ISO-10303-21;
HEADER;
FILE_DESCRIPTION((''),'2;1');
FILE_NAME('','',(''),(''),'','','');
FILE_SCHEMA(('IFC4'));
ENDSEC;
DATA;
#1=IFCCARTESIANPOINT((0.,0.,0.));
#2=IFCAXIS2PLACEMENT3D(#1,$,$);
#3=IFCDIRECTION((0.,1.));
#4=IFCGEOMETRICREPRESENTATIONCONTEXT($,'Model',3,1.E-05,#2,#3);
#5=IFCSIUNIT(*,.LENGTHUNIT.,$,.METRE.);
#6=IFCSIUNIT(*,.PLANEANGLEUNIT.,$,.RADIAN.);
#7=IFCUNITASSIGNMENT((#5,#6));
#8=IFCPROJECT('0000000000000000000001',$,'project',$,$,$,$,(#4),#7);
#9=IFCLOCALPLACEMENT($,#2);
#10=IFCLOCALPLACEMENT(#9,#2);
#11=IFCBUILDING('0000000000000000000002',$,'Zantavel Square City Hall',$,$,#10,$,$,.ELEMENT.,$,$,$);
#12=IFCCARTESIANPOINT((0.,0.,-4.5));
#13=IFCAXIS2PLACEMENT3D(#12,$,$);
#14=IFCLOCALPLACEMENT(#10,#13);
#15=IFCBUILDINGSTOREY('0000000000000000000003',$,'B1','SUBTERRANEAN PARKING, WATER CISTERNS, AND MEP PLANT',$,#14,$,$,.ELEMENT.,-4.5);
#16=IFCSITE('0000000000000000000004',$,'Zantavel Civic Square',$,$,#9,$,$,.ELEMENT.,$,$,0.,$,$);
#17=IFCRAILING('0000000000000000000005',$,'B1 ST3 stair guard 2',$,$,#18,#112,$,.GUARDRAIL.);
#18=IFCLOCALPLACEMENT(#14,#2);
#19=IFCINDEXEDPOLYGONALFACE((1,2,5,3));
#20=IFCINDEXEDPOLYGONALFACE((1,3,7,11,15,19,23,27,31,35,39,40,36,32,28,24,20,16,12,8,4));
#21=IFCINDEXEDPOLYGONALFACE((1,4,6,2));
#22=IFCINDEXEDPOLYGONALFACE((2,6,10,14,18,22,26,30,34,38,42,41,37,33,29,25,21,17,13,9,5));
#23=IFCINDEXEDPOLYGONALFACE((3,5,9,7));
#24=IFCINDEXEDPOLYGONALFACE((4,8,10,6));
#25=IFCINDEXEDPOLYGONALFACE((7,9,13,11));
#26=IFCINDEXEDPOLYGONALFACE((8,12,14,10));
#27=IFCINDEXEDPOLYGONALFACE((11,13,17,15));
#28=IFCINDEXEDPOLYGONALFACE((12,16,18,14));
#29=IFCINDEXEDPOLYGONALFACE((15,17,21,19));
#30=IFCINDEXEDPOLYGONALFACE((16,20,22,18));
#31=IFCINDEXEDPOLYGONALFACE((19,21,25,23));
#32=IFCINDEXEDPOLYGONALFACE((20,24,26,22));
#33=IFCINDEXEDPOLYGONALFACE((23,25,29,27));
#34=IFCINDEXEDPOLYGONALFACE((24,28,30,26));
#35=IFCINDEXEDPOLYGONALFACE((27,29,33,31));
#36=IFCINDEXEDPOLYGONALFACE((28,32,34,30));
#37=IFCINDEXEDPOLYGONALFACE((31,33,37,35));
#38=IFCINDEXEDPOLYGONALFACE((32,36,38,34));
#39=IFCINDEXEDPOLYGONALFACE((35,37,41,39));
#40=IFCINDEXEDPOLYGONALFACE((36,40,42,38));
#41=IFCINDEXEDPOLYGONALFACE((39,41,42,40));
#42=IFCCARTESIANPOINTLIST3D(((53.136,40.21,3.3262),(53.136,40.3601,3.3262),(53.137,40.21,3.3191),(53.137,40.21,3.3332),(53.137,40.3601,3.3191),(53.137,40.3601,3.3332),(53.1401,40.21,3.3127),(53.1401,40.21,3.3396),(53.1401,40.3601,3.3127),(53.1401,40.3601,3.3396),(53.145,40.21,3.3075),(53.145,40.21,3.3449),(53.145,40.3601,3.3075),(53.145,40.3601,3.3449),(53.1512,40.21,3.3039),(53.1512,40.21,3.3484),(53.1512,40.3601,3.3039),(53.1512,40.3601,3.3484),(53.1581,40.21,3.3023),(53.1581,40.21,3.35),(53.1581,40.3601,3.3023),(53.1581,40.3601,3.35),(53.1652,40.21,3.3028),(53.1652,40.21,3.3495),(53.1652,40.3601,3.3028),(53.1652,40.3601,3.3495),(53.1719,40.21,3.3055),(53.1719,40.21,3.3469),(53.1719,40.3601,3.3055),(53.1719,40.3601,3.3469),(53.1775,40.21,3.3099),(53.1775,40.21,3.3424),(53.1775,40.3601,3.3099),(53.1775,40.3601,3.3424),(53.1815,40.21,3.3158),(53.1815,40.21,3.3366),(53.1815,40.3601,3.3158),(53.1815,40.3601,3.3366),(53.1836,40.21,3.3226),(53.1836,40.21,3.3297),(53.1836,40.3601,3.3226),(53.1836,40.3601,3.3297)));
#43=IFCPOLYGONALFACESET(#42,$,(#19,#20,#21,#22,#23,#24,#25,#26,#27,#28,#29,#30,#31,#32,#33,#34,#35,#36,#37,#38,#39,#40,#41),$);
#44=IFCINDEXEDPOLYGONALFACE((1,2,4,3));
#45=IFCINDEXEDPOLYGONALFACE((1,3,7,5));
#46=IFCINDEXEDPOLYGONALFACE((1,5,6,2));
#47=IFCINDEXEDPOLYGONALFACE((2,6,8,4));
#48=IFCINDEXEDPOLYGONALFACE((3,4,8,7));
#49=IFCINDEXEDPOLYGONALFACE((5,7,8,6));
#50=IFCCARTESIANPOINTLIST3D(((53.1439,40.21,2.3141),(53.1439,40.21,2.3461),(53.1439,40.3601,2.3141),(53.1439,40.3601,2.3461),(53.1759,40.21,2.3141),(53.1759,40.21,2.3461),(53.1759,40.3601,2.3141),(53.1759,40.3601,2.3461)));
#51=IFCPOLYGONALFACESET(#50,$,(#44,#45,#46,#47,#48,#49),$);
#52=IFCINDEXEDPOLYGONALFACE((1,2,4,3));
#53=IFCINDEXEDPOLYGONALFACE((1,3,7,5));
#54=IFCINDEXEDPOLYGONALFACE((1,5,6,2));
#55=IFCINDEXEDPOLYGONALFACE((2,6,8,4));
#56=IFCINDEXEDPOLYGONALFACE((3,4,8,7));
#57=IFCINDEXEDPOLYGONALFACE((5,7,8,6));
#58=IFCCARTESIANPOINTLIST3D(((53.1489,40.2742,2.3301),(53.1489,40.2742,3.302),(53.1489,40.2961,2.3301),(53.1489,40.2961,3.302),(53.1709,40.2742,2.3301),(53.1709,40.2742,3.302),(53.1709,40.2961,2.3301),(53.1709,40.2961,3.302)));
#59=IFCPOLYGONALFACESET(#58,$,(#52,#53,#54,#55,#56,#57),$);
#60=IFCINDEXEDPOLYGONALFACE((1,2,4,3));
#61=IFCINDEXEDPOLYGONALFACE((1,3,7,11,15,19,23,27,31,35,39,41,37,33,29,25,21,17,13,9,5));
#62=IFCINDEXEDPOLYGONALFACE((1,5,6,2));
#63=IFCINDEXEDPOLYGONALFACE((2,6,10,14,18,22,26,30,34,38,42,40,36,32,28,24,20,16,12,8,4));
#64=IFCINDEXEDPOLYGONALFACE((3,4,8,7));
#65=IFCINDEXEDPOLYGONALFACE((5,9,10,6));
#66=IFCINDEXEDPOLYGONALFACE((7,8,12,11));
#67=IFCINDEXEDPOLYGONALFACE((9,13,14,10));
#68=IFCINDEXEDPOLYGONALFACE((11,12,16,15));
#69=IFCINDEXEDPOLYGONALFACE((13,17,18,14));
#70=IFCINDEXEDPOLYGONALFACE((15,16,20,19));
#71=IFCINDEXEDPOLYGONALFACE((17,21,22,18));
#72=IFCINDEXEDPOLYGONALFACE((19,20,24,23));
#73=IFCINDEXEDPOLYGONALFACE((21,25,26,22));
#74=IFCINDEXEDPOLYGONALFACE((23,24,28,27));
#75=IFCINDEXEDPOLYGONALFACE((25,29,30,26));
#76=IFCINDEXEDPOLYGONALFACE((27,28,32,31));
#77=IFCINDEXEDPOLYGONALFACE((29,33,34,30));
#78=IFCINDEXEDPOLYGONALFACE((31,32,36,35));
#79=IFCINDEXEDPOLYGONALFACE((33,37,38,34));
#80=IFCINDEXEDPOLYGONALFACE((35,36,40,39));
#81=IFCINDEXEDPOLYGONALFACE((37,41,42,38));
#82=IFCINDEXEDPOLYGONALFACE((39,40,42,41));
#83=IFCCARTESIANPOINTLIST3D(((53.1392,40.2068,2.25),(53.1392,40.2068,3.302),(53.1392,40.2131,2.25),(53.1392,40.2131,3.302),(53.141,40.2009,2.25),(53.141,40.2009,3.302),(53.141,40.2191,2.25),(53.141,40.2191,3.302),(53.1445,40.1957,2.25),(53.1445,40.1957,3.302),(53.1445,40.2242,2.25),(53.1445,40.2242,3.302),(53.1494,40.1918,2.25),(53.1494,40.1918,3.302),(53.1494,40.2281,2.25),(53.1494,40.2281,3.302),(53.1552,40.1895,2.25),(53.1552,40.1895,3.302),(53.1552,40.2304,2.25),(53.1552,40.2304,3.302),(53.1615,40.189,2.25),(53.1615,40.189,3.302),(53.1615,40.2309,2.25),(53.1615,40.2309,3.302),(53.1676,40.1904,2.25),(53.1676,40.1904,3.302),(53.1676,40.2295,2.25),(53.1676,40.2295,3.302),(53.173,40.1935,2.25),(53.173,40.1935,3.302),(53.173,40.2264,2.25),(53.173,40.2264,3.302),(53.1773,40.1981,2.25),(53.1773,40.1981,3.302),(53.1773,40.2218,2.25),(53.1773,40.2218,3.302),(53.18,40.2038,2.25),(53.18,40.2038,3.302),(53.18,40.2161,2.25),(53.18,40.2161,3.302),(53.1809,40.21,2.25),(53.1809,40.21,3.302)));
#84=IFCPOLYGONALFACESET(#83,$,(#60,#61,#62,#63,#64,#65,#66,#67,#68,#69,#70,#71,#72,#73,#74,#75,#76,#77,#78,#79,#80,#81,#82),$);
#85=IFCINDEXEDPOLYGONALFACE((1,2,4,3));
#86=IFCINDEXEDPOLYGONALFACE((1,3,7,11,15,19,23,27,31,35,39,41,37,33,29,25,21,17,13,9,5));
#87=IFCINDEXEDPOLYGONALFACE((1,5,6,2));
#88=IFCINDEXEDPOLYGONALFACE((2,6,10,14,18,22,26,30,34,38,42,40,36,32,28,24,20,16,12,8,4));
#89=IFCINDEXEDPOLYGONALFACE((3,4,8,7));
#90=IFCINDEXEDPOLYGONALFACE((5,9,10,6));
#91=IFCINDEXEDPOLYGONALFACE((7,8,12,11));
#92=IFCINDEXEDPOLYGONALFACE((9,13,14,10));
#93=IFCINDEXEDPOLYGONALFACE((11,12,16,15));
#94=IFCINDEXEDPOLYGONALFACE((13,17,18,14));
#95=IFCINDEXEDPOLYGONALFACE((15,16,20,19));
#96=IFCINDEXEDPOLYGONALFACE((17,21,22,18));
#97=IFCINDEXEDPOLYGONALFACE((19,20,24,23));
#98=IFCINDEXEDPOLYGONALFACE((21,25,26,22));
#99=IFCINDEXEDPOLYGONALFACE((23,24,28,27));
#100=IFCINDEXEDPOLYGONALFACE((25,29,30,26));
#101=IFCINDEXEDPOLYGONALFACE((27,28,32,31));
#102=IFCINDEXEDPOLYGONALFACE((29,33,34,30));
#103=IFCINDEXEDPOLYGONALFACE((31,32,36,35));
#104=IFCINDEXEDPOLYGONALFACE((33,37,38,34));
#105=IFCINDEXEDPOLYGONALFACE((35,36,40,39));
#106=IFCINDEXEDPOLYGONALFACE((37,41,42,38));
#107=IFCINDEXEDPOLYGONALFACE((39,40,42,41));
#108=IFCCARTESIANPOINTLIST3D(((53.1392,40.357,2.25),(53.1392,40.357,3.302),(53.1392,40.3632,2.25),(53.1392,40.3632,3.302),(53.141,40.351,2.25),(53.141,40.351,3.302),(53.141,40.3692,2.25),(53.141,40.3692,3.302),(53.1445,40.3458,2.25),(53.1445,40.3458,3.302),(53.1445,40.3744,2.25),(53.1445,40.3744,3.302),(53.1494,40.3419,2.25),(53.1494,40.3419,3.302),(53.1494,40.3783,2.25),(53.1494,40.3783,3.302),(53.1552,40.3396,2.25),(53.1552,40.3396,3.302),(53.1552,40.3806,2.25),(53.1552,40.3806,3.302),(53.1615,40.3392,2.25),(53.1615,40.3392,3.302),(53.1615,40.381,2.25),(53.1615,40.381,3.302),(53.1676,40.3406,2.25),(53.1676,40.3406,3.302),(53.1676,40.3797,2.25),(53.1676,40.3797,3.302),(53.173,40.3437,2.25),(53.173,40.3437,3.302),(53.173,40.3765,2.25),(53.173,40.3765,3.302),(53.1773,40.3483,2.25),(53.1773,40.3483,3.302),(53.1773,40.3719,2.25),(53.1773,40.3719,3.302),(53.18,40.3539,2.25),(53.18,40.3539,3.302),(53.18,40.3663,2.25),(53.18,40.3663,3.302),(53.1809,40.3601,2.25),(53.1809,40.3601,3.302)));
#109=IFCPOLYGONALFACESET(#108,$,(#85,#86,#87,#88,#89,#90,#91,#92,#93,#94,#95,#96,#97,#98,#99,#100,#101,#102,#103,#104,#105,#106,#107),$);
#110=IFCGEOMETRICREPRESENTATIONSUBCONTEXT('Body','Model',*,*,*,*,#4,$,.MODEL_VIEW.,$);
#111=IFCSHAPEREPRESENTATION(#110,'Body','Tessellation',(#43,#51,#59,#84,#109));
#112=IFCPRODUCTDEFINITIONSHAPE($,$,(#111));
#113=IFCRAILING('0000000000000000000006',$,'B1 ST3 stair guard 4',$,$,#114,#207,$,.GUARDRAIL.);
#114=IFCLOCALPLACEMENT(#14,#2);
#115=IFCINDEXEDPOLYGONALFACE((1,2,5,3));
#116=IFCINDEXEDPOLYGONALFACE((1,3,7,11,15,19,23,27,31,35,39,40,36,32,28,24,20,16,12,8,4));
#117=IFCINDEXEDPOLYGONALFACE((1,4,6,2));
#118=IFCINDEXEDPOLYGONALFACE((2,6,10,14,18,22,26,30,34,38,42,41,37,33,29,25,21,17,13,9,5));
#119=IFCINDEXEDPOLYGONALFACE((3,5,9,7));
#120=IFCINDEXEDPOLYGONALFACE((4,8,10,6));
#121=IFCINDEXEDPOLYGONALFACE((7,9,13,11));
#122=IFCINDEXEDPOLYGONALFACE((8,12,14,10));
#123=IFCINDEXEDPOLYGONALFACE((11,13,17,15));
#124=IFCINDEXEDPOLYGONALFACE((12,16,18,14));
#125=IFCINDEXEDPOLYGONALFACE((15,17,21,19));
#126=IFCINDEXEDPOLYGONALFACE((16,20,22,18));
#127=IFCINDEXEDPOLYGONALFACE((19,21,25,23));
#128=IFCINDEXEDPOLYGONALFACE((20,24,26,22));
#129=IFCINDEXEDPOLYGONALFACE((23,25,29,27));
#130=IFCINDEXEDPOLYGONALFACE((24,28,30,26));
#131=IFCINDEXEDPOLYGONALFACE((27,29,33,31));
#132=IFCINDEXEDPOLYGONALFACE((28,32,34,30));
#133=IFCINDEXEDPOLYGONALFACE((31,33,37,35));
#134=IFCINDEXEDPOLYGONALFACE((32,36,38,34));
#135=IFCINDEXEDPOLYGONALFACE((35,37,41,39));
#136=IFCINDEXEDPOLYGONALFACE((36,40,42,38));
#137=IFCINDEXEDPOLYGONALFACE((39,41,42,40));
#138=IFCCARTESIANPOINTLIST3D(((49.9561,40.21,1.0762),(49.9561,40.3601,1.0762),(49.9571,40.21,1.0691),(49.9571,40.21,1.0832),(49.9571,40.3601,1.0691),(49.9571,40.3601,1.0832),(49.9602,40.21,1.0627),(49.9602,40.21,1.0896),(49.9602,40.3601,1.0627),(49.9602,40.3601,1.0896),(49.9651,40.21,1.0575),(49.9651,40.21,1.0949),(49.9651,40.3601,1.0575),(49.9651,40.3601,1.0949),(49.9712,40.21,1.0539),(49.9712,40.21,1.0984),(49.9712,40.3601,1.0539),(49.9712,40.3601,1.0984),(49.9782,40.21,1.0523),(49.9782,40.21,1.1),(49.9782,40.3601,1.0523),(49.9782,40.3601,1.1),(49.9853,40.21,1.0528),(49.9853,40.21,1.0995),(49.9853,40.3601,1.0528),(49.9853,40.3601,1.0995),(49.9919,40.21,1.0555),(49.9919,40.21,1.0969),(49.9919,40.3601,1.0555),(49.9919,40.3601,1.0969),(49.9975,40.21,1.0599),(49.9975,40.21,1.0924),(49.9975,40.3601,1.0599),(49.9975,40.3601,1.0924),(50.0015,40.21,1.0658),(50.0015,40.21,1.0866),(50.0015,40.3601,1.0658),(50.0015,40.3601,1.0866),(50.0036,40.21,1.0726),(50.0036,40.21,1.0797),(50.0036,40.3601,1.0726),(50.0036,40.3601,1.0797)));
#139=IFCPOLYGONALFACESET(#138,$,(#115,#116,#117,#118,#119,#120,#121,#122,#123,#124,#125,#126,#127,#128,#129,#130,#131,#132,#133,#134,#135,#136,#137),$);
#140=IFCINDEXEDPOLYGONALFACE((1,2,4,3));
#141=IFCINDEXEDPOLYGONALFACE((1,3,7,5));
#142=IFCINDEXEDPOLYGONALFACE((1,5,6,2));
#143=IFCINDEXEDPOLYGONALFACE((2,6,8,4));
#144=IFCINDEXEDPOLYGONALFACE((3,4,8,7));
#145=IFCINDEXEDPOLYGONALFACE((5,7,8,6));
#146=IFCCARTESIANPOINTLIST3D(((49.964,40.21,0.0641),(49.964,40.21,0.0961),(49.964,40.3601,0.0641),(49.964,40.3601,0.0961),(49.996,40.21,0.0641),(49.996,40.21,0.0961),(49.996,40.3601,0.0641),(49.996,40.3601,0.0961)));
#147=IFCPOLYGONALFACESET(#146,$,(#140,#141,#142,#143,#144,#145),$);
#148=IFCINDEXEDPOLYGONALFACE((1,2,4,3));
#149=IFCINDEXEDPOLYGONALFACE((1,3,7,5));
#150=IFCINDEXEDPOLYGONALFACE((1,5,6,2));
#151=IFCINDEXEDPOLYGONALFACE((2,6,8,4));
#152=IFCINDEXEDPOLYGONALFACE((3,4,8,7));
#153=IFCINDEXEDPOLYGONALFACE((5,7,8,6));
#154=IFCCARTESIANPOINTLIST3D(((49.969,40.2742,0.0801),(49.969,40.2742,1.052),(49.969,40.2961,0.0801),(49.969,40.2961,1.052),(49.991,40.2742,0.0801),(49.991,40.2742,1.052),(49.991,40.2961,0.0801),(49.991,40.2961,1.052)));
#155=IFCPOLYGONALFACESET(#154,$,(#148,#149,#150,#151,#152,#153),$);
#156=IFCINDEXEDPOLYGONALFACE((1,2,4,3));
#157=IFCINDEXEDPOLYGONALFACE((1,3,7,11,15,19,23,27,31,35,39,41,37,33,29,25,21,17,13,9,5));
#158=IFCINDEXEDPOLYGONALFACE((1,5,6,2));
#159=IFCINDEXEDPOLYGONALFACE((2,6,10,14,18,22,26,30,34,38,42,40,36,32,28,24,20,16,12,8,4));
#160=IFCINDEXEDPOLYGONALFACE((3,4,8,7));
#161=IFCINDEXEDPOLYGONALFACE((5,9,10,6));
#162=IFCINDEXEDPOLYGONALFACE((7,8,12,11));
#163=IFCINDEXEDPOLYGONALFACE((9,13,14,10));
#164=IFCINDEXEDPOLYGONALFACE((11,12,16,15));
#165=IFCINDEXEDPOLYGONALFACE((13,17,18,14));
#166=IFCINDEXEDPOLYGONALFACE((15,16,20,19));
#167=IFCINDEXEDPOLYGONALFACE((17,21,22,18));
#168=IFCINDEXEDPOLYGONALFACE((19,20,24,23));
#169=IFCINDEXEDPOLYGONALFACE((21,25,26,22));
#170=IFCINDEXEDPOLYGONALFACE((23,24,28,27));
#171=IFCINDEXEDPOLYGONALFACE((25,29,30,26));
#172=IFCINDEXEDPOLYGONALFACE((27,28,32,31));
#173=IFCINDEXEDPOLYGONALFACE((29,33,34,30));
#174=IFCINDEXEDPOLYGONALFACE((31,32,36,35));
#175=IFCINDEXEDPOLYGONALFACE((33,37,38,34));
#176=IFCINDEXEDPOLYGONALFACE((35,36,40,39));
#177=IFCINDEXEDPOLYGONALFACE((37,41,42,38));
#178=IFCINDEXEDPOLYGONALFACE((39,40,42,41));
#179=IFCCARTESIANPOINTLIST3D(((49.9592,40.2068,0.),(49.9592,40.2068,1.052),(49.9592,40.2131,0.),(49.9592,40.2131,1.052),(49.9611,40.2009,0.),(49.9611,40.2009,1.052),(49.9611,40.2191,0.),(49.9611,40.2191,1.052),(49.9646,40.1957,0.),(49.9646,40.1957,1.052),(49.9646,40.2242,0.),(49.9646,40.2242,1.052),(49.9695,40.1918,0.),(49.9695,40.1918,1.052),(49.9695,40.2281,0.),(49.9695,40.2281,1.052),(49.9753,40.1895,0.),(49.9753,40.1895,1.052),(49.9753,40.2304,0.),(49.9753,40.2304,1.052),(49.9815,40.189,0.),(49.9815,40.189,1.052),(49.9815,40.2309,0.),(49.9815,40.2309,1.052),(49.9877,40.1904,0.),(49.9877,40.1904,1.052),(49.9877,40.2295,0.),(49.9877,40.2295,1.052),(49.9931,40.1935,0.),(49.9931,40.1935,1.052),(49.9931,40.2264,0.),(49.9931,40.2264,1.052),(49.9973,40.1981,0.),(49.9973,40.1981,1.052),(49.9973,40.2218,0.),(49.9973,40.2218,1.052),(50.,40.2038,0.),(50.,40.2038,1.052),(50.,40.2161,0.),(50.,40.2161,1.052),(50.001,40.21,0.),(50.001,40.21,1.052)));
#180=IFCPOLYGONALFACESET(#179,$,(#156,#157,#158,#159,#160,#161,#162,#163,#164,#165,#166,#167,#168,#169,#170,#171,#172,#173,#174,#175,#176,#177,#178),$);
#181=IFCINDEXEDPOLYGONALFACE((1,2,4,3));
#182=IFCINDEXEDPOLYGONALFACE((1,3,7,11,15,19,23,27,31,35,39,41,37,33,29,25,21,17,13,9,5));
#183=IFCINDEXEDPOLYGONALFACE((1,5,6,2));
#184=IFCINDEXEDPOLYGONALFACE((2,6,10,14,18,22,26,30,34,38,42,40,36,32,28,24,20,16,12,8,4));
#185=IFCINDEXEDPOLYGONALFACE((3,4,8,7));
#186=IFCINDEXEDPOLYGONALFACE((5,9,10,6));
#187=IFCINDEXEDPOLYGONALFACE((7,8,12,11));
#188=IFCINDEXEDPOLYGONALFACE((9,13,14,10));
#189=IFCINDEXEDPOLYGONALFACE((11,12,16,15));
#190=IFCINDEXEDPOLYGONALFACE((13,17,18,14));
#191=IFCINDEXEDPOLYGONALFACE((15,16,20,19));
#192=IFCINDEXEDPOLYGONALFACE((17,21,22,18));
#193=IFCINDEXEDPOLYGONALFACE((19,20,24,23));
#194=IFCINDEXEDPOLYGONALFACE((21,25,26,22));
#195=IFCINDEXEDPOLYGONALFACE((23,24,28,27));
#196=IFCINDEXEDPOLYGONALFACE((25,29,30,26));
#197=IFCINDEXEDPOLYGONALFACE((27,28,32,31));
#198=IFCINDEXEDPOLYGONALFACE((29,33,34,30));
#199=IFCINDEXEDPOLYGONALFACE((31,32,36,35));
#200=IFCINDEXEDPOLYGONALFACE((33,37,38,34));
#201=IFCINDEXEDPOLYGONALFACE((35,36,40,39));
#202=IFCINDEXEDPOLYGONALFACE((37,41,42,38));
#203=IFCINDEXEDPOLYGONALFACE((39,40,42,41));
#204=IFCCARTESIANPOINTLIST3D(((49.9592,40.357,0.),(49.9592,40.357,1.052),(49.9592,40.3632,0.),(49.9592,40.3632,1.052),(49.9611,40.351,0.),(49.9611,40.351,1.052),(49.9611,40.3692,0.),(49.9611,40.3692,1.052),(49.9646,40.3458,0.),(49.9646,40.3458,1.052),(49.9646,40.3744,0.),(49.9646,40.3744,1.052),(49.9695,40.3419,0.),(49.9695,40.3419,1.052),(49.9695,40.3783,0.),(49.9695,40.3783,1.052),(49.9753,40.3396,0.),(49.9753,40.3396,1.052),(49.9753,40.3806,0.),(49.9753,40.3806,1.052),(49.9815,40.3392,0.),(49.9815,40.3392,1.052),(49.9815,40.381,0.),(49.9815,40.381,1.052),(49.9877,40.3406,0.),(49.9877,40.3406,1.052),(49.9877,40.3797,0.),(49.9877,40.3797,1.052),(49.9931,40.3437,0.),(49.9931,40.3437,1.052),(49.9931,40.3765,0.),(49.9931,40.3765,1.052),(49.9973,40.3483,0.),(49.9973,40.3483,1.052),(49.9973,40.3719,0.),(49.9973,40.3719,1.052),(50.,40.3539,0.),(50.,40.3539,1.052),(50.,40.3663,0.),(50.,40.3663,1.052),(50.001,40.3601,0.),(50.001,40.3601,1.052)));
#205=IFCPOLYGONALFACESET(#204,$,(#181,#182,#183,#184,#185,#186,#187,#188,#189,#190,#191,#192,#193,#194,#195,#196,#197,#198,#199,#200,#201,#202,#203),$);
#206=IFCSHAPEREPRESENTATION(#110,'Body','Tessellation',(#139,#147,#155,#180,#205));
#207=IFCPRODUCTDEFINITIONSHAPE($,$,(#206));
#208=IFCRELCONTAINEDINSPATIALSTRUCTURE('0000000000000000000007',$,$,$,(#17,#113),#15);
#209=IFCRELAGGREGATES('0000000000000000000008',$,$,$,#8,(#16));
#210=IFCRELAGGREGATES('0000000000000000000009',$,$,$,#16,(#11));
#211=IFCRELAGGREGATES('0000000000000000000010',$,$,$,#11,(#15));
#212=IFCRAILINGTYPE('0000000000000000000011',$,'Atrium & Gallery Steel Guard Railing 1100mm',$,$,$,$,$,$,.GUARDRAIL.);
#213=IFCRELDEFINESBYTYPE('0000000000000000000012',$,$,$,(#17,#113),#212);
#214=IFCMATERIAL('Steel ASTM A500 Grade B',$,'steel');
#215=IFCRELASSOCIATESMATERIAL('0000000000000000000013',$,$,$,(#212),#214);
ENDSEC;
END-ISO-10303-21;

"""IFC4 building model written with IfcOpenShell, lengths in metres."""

from ifc_helpers import new_model, si_unit, direction, frame, origin, origin_2d, place, context, subcontext, project, spatial, rectangle, circle, extrude, material, type_object, element, save


model = new_model("IFC4")

# Units and contexts
model_context = context("Model", 3, precision=1e-05, world=origin(), true_north=direction((0.0, 1.0)))
body_context = subcontext(model_context, "Body", "Model", "MODEL_VIEW")
ifc_project = project(units=[si_unit("LENGTHUNIT", "METRE"), si_unit("PLANEANGLEUNIT", "RADIAN")], contexts=[model_context])

# Site, building, storey
site_placement = place(None, origin())
site = spatial("IfcSite", under=ifc_project, at=site_placement, Name="Zantavel Civic Square", CompositionType="ELEMENT", RefElevation=0.0)
building_placement = place(site_placement, origin())
building = spatial("IfcBuilding", under=site, at=building_placement, Name="Zantavel Square City Hall", CompositionType="ELEMENT")
storey_placement = place(building_placement, frame((0.0, 0.0, -4.5)))
storey = spatial("IfcBuildingStorey", under=building, at=storey_placement, Name="B1", Description="SUBTERRANEAN PARKING, WATER CISTERNS, AND MEP PLANT", CompositionType="ELEMENT", Elevation=-4.5)

# Shared definitions
ifc_material_1 = material(Name="Steel ASTM A500 Grade B", Category="steel")

# Railings
railing_type_1 = type_object("IfcRailingType", Name="Atrium & Gallery Steel Guard Railing 1100mm", PredefinedType="GUARDRAIL", material=ifc_material_1)
railing_1_placement = place(storey_placement, frame((53.1599, 40.21, 2.25)))
element("IfcRailing", 1, at=railing_1_placement, inside=storey, type_object=railing_type_1, Name="B1 ST3 stair guard 2", PredefinedType="GUARDRAIL", context=body_context, shape_type="SweptSolid", body=[
    extrude(circle(Radius=0.0239, at=origin_2d()), frame((0.0, 0.0, 1.0762), z_axis=(0.0, 1.0, 0.0), x_axis=(-1.0, 0.0, 0.0)), (0.0, 0.0, 1.0), 0.1501),
    extrude(rectangle(XDim=0.032, YDim=0.032, at=origin_2d()), frame((0.0, 0.0, 0.0801), z_axis=(0.0, 1.0, 0.0), x_axis=(-1.0, 0.0, 0.0)), (0.0, 0.0, 1.0), 0.1501),
    extrude(rectangle(XDim=0.022, YDim=0.022, at=origin_2d()), frame((0.0, 0.0752, 0.0801)), (0.0, 0.0, 1.0), 0.9719),
    extrude(circle(Radius=0.021, at=origin_2d()), origin(), (0.0, 0.0, 1.0), 1.052),
    extrude(circle(Radius=0.021, at=origin_2d()), frame((0.0, 0.1501, 0.0)), (0.0, 0.0, 1.0), 1.052),
])
railing_2_placement = place(storey_placement, frame((49.98, 40.21, 0.0)))
element("IfcRailing", 2, at=railing_2_placement, inside=storey, type_object=railing_type_1, Name="B1 ST3 stair guard 4", PredefinedType="GUARDRAIL", context=body_context, shape_type="SweptSolid", body=[
    extrude(circle(Radius=0.0239, at=origin_2d()), frame((0.0, 0.0, 1.0762), z_axis=(0.0, 1.0, 0.0), x_axis=(-1.0, 0.0, 0.0)), (0.0, 0.0, 1.0), 0.1501),
    extrude(rectangle(XDim=0.032, YDim=0.032, at=origin_2d()), frame((0.0, 0.0, 0.0801), z_axis=(0.0, 1.0, 0.0), x_axis=(-1.0, 0.0, 0.0)), (0.0, 0.0, 1.0), 0.1501),
    extrude(rectangle(XDim=0.022, YDim=0.022, at=origin_2d()), frame((0.0, 0.0752, 0.0801)), (0.0, 0.0, 1.0), 0.9719),
    extrude(circle(Radius=0.021, at=origin_2d()), origin(), (0.0, 0.0, 1.0), 1.052),
    extrude(circle(Radius=0.021, at=origin_2d()), frame((0.0, 0.1501, 0.0)), (0.0, 0.0, 1.0), 1.052),
])

save(model, "model.ifc")
